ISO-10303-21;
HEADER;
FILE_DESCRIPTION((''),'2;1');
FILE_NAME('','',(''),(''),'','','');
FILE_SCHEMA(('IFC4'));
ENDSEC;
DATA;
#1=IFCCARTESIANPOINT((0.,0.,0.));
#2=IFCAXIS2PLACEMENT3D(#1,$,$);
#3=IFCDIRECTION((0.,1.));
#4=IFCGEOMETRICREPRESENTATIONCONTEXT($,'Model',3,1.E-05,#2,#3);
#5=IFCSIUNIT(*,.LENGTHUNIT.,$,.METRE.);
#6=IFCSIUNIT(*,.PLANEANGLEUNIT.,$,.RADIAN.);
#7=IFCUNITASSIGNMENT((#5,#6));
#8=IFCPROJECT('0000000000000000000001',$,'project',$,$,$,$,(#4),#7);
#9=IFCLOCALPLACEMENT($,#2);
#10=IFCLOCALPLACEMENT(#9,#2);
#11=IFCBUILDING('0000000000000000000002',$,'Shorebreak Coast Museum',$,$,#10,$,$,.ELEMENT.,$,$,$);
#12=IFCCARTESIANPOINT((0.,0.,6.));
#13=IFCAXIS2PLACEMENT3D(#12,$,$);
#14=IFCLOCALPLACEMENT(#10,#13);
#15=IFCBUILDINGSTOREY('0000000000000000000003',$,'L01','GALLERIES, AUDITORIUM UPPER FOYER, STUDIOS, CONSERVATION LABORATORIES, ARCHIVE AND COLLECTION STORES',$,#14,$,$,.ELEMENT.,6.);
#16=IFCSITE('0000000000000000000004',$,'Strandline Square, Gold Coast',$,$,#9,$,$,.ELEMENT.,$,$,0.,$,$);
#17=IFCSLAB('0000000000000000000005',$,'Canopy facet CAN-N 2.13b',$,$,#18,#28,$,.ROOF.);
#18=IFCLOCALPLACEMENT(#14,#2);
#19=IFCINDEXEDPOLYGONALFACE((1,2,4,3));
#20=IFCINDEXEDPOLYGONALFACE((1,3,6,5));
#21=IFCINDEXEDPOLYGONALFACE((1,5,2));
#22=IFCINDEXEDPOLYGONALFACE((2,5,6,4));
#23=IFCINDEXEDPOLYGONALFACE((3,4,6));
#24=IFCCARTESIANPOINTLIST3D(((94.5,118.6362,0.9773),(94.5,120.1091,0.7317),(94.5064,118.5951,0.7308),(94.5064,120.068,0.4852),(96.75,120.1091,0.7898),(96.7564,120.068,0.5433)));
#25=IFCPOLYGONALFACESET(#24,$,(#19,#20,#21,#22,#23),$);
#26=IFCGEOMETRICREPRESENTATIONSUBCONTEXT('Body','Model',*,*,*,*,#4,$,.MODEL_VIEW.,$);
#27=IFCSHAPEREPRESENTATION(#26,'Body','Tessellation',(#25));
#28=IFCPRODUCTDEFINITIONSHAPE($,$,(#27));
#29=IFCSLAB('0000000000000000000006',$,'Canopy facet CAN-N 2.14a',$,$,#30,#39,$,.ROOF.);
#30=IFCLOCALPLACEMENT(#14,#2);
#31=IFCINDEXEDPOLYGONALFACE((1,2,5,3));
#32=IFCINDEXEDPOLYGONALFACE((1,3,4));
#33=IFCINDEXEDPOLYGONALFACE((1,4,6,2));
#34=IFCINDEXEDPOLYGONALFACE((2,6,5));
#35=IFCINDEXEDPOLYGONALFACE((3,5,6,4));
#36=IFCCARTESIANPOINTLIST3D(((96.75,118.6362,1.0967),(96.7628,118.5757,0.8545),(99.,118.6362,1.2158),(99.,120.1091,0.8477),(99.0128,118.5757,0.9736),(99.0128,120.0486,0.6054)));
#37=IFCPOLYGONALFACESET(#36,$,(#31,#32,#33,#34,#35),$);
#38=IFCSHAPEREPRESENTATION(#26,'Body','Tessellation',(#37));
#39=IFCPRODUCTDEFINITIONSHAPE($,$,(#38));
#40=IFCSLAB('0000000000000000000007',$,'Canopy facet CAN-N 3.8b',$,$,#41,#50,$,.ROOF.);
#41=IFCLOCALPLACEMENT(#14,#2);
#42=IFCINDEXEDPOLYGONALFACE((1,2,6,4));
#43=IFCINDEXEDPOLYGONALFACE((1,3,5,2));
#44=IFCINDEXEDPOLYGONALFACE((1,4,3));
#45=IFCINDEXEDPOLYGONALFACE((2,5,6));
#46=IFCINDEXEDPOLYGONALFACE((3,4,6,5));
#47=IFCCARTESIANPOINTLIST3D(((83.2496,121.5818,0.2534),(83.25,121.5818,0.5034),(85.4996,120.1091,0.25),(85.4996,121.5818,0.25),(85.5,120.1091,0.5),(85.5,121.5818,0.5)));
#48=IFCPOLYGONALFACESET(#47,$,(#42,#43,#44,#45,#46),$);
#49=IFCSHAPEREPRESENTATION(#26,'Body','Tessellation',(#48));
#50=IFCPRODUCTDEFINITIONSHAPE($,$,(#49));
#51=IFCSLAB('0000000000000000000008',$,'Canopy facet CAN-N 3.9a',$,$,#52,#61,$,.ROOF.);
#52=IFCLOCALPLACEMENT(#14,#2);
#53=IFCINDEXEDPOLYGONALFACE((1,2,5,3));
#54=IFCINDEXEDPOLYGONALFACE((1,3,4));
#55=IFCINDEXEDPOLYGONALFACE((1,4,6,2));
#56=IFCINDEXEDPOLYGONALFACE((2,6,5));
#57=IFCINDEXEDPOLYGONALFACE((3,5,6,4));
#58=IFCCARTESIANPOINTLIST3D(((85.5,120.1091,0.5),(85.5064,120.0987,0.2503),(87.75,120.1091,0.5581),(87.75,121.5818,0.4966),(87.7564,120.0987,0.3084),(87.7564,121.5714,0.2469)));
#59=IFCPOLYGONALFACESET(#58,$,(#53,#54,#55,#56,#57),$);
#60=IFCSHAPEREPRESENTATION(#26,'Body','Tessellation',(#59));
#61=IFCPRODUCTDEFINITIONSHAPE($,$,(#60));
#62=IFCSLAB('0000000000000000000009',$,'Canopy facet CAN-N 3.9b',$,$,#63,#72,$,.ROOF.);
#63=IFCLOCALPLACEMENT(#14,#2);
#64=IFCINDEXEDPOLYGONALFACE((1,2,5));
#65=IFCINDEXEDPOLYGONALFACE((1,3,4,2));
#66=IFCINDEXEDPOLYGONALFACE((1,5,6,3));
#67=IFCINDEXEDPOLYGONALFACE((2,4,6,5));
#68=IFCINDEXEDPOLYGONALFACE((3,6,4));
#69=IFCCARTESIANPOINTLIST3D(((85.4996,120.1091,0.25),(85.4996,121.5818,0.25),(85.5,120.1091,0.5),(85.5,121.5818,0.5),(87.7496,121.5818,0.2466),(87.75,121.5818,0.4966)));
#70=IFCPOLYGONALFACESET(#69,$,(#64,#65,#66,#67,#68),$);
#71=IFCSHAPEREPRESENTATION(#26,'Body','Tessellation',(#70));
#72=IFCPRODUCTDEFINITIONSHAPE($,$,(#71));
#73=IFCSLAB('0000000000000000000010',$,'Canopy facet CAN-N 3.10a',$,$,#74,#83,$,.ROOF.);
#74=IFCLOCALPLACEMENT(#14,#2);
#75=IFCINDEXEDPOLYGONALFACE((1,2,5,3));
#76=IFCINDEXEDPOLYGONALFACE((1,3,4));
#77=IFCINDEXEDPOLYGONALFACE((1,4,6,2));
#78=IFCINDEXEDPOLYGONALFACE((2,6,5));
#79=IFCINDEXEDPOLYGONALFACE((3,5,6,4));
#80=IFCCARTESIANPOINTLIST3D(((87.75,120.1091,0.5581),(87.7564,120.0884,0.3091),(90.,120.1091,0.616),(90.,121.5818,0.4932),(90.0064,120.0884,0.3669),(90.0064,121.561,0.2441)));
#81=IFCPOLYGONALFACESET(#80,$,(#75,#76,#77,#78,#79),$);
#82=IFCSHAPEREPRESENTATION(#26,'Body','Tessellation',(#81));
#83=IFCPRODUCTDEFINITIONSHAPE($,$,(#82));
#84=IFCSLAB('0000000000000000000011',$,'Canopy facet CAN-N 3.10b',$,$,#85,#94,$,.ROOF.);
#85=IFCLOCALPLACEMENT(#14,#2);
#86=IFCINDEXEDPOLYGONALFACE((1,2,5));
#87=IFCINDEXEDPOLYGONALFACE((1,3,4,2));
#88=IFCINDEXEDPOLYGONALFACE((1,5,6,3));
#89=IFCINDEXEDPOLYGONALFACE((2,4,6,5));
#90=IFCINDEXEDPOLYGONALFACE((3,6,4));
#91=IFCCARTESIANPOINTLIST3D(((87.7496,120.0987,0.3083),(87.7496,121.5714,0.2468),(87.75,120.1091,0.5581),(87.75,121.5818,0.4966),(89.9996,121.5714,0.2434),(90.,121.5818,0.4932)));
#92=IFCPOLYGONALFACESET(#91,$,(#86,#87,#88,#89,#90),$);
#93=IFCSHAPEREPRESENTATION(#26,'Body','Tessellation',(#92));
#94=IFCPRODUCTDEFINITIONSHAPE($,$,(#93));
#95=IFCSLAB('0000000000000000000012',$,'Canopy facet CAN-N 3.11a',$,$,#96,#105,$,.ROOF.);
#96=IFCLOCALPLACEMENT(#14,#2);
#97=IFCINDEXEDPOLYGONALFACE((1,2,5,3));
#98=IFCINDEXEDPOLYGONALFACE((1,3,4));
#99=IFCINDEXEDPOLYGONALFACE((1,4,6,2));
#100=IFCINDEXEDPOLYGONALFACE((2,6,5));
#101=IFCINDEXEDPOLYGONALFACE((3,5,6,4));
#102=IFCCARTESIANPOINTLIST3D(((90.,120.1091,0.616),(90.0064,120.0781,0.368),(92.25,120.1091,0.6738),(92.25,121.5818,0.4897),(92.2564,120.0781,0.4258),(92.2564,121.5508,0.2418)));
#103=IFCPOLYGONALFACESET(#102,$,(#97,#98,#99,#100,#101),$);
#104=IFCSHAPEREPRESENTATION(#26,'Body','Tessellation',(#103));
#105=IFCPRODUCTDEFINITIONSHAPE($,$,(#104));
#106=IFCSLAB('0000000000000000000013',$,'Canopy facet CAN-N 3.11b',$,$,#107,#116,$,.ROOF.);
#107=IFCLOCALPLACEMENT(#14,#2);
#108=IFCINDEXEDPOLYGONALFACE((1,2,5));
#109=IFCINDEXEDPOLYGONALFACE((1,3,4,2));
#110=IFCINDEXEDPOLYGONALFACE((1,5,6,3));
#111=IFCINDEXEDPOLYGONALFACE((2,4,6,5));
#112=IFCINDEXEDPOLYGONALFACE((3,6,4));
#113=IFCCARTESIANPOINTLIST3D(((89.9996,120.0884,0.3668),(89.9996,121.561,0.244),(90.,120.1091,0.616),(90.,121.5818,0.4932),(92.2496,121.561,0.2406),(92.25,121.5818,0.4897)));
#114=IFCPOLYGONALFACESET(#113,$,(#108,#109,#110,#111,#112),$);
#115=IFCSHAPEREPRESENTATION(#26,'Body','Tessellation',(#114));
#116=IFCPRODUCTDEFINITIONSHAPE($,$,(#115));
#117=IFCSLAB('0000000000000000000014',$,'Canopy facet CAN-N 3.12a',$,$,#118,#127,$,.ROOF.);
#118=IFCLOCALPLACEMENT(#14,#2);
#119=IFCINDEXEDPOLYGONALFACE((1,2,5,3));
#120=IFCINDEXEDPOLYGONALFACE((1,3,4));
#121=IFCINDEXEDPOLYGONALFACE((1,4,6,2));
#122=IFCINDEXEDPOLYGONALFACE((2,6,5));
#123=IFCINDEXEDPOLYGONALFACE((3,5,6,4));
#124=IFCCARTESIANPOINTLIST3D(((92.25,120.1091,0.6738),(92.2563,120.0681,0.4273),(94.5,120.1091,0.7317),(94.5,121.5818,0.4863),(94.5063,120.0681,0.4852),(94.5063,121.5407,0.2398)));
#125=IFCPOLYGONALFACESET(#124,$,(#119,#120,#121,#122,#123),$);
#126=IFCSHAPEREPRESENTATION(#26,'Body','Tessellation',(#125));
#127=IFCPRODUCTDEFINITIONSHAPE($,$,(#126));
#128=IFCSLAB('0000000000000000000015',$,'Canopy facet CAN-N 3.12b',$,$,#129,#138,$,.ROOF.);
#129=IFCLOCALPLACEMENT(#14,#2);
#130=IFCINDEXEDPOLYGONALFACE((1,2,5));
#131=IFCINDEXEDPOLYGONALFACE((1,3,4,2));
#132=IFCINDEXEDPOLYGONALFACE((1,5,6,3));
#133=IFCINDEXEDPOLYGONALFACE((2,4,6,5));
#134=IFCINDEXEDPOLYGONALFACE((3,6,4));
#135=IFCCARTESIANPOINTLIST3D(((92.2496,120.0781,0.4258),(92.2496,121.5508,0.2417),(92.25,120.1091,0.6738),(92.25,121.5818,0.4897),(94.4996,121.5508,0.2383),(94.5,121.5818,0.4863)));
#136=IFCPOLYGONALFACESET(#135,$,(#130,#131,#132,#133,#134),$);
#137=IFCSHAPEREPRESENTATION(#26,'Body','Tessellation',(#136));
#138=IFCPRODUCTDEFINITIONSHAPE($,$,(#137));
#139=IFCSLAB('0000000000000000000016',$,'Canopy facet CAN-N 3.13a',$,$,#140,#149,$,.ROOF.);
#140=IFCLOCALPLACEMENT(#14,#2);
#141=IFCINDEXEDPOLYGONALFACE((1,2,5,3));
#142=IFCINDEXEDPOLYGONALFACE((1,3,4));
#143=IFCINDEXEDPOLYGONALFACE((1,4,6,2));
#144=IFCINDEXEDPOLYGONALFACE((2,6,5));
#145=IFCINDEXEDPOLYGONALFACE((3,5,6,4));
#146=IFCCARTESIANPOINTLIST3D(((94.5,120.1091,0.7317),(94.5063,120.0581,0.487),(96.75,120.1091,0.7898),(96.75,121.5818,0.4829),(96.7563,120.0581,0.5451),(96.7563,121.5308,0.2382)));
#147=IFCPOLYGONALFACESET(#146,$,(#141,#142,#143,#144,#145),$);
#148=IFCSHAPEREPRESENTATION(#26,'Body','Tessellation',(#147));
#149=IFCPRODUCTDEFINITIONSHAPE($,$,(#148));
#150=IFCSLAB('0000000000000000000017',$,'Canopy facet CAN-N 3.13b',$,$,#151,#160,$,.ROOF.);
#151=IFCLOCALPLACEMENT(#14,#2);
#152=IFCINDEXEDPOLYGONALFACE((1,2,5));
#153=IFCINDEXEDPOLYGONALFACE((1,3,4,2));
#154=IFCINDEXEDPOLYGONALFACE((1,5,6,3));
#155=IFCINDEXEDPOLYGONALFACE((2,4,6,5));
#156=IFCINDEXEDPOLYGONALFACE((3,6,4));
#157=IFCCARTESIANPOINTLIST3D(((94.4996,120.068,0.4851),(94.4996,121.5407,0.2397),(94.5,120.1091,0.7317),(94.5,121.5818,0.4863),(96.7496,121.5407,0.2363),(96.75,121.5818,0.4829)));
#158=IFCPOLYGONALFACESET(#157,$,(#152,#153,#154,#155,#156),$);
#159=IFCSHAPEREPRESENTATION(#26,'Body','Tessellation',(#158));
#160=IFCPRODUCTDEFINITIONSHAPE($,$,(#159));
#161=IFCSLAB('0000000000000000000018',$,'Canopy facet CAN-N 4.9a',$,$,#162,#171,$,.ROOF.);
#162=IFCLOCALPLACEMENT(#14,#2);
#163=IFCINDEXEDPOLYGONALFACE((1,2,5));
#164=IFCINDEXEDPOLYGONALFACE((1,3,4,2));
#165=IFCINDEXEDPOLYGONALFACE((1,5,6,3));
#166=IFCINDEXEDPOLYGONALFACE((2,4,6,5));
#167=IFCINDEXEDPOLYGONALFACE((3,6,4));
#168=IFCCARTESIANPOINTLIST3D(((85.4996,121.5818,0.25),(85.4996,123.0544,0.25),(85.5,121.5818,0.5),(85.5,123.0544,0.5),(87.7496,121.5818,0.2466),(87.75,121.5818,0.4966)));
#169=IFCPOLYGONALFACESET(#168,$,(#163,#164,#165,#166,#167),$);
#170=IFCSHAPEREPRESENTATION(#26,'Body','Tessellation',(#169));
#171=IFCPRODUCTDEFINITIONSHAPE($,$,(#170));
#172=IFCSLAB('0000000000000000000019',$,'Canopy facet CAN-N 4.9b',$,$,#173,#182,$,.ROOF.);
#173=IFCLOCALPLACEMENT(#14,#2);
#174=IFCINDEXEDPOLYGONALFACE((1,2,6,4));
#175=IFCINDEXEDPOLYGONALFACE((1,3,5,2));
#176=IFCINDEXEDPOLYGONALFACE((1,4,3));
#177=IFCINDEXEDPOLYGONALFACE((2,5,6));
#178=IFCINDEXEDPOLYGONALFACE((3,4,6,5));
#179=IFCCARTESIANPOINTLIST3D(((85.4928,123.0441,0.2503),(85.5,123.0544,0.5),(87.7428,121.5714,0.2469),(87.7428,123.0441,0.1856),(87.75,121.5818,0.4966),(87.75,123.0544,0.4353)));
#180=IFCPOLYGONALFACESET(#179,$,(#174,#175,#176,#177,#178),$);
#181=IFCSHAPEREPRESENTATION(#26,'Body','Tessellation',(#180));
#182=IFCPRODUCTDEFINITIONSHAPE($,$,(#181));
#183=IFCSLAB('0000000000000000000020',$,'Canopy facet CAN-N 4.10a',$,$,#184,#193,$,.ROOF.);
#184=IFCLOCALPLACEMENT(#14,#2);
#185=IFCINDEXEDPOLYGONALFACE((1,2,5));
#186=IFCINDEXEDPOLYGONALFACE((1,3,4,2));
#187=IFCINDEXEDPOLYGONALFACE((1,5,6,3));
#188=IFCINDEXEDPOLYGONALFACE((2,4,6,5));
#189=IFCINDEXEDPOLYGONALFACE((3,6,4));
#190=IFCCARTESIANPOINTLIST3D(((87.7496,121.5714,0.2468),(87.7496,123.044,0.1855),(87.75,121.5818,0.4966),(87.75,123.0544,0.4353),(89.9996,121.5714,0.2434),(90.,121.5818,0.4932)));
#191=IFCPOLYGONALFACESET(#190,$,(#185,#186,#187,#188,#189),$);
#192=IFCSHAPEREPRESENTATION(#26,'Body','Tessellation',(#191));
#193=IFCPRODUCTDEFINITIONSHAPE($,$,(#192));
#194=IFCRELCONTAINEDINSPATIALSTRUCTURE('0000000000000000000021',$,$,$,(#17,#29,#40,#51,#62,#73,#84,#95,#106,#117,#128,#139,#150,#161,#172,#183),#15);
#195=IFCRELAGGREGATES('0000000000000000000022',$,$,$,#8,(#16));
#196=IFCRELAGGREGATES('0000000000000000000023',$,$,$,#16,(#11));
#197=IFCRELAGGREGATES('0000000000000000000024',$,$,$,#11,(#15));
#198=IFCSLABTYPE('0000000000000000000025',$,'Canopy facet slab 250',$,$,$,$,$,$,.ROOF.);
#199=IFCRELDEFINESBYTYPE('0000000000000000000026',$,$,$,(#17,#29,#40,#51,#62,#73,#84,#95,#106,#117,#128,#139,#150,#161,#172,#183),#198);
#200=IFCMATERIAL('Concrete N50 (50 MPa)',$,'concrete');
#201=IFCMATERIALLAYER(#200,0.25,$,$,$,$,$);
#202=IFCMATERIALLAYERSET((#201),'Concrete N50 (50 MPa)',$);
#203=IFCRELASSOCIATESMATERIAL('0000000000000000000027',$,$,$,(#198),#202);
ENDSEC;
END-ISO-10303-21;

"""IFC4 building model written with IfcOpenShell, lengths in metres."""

from ifc_helpers import new_model, si_unit, direction, frame, origin, place, context, subcontext, project, spatial, polyline, outline, extrude, material, layer, layer_set, type_object, element, save


model = new_model("IFC4")

# Units and contexts
model_context = context("Model", 3, precision=1e-05, world=origin(), true_north=direction((0.0, 1.0)))
body_context = subcontext(model_context, "Body", "Model", "MODEL_VIEW")
ifc_project = project(units=[si_unit("LENGTHUNIT", "METRE"), si_unit("PLANEANGLEUNIT", "RADIAN")], contexts=[model_context])

# Site, building, storey
site_placement = place(None, origin())
site = spatial("IfcSite", under=ifc_project, at=site_placement, Name="Strandline Square, Gold Coast", CompositionType="ELEMENT", RefElevation=0.0)
building_placement = place(site_placement, origin())
building = spatial("IfcBuilding", under=site, at=building_placement, Name="Shorebreak Coast Museum", CompositionType="ELEMENT")
storey_placement = place(building_placement, frame((0.0, 0.0, 6.0)))
storey = spatial("IfcBuildingStorey", under=building, at=storey_placement, Name="L01", Description="GALLERIES, AUDITORIUM UPPER FOYER, STUDIOS, CONSERVATION LABORATORIES, ARCHIVE AND COLLECTION STORES", CompositionType="ELEMENT", Elevation=6.0)

# Slabs
ifc_material = material(Name="Concrete N50 (50 MPa)", Category="concrete")
ifc_layer = layer(ifc_material, 0.25)
ifc_layer_set = layer_set([ifc_layer], Name="Concrete N50 (50 MPa)")
slab_type = type_object("IfcSlabType", Name="Canopy facet slab 250", PredefinedType="ROOF", material=ifc_layer_set)
slab_1_placement = place(storey_placement, frame((94.5, 118.6362, 0.9773), z_axis=(-0.025465, 0.164425, 0.986061), x_axis=(0.834646, 0.546378, -0.069554)))
element("IfcSlab", 1, at=slab_1_placement, inside=storey, type_object=slab_type, Name="Canopy facet CAN-N 2.13b", PredefinedType="ROOF", context=body_context, shape_type="SweptSolid", body=[
    extrude(outline(polyline([(0.0, 0.0), (2.6958, 0.0), (0.8218, 1.2467), (0.0, 0.0)])), origin(), (0.0, 0.0, -1.0), 0.25),
])
slab_2_placement = place(storey_placement, frame((96.75, 118.6362, 1.0967), z_axis=(-0.051303, 0.242178, 0.968874), x_axis=(0.998601, 0.0, 0.052877)))
element("IfcSlab", 2, at=slab_2_placement, inside=storey, type_object=slab_type, Name="Canopy facet CAN-N 2.14a", PredefinedType="ROOF", context=body_context, shape_type="SweptSolid", body=[
    extrude(outline(polyline([(0.0, 0.0), (2.2532, 0.0), (2.2337, 1.5181), (0.0, 0.0)])), origin(), (0.0, 0.0, -1.0), 0.25),
])
slab_3_placement = place(storey_placement, frame((85.5, 120.1091, 0.5), z_axis=(0.001519, 0.0, 0.999999), x_axis=(0.0, 1.0, 0.0)))
element("IfcSlab", 3, at=slab_3_placement, inside=storey, type_object=slab_type, Name="Canopy facet CAN-N 3.8b", PredefinedType="ROOF", context=body_context, shape_type="SweptSolid", body=[
    extrude(outline(polyline([(0.0, 0.0), (1.4727, 0.0), (1.4727, 2.25), (0.0, 0.0)])), origin(), (0.0, 0.0, -1.0), 0.25),
])
slab_4_placement = place(storey_placement, frame((85.5, 120.1091, 0.5), z_axis=(-0.025794, 0.041727, 0.998796), x_axis=(0.999667, 0.0, 0.025816)))
element("IfcSlab", 4, at=slab_4_placement, inside=storey, type_object=slab_type, Name="Canopy facet CAN-N 3.9a", PredefinedType="ROOF", context=body_context, shape_type="SweptSolid", body=[
    extrude(outline(polyline([(0.0, 0.0), (2.2508, 0.0), (2.2492, 1.4739), (0.0, 0.0)])), origin(), (0.0, 0.0, -1.0), 0.25),
])
slab_5_placement = place(storey_placement, frame((85.5, 120.1091, 0.5), z_axis=(0.001519, 0.0, 0.999999), x_axis=(0.836713, 0.54764, -0.001271)))
element("IfcSlab", 5, at=slab_5_placement, inside=storey, type_object=slab_type, Name="Canopy facet CAN-N 3.9b", PredefinedType="ROOF", context=body_context, shape_type="SweptSolid", body=[
    extrude(outline(polyline([(0.0, 0.0), (2.6891, 0.0), (0.8065, 1.2322), (0.0, 0.0)])), origin(), (0.0, 0.0, -1.0), 0.25),
])
slab_6_placement = place(storey_placement, frame((87.75, 120.1091, 0.5581), z_axis=(-0.025619, 0.083073, 0.996214), x_axis=(0.99967, 0.0, 0.025708)))
element("IfcSlab", 6, at=slab_6_placement, inside=storey, type_object=slab_type, Name="Canopy facet CAN-N 3.10a", PredefinedType="ROOF", context=body_context, shape_type="SweptSolid", body=[
    extrude(outline(polyline([(0.0, 0.0), (2.2507, 0.0), (2.2476, 1.4778), (0.0, 0.0)])), origin(), (0.0, 0.0, -1.0), 0.25),
])
slab_7_placement = place(storey_placement, frame((87.75, 120.1091, 0.5581), z_axis=(0.001518, 0.041741, 0.999127), x_axis=(0.83647, 0.547481, -0.024143)))
element("IfcSlab", 7, at=slab_7_placement, inside=storey, type_object=slab_type, Name="Canopy facet CAN-N 3.10b", PredefinedType="ROOF", context=body_context, shape_type="SweptSolid", body=[
    extrude(outline(polyline([(0.0, 0.0), (2.6899, 0.0), (0.8077, 1.2329), (0.0, 0.0)])), origin(), (0.0, 0.0, -1.0), 0.25),
])
slab_8_placement = place(storey_placement, frame((90.0, 120.1091, 0.616), z_axis=(-0.025509, 0.123994, 0.991955), x_axis=(0.99967, 0.0, 0.025708)))
element("IfcSlab", 8, at=slab_8_placement, inside=storey, type_object=slab_type, Name="Canopy facet CAN-N 3.11a", PredefinedType="ROOF", context=body_context, shape_type="SweptSolid", body=[
    extrude(outline(polyline([(0.0, 0.0), (2.2507, 0.0), (2.246, 1.4841), (0.0, 0.0)])), origin(), (0.0, 0.0, -1.0), 0.25),
])
slab_9_placement = place(storey_placement, frame((90.0, 120.1091, 0.616), z_axis=(0.001514, 0.0831, 0.99654), x_axis=(0.835793, 0.547038, -0.046886)))
element("IfcSlab", 9, at=slab_9_placement, inside=storey, type_object=slab_type, Name="Canopy facet CAN-N 3.11b", PredefinedType="ROOF", context=body_context, shape_type="SweptSolid", body=[
    extrude(outline(polyline([(0.0, 0.0), (2.6921, 0.0), (0.8114, 1.2351), (0.0, 0.0)])), origin(), (0.0, 0.0, -1.0), 0.25),
])
slab_10_placement = place(storey_placement, frame((92.25, 120.1091, 0.6738), z_axis=(-0.025358, 0.164293, 0.986086), x_axis=(0.99967, 0.0, 0.025708)))
element("IfcSlab", 10, at=slab_10_placement, inside=storey, type_object=slab_type, Name="Canopy facet CAN-N 3.12a", PredefinedType="ROOF", context=body_context, shape_type="SweptSolid", body=[
    extrude(outline(polyline([(0.0, 0.0), (2.2507, 0.0), (2.2444, 1.4929), (0.0, 0.0)])), origin(), (0.0, 0.0, -1.0), 0.25),
])
slab_11_placement = place(storey_placement, frame((92.25, 120.1091, 0.6738), z_axis=(0.001507, 0.124035, 0.992277), x_axis=(0.834687, 0.546314, -0.069557)))
element("IfcSlab", 11, at=slab_11_placement, inside=storey, type_object=slab_type, Name="Canopy facet CAN-N 3.12b", PredefinedType="ROOF", context=body_context, shape_type="SweptSolid", body=[
    extrude(outline(polyline([(0.0, 0.0), (2.6956, 0.0), (0.8173, 1.2388), (0.0, 0.0)])), origin(), (0.0, 0.0, -1.0), 0.25),
])
slab_12_placement = place(storey_placement, frame((94.5, 120.1091, 0.7317), z_axis=(-0.025273, 0.203941, 0.978657), x_axis=(0.999667, 0.0, 0.025816)))
element("IfcSlab", 12, at=slab_12_placement, inside=storey, type_object=slab_type, Name="Canopy facet CAN-N 3.13a", PredefinedType="ROOF", context=body_context, shape_type="SweptSolid", body=[
    extrude(outline(polyline([(0.0, 0.0), (2.2508, 0.0), (2.2428, 1.5043), (0.0, 0.0)])), origin(), (0.0, 0.0, -1.0), 0.25),
])
slab_13_placement = place(storey_placement, frame((94.5, 120.1091, 0.7317), z_axis=(0.001498, 0.164346, 0.986402), x_axis=(0.833156, 0.545312, -0.092121)))
element("IfcSlab", 13, at=slab_13_placement, inside=storey, type_object=slab_type, Name="Canopy facet CAN-N 3.13b", PredefinedType="ROOF", context=body_context, shape_type="SweptSolid", body=[
    extrude(outline(polyline([(0.0, 0.0), (2.7006, 0.0), (0.8257, 1.2439), (0.0, 0.0)])), origin(), (0.0, 0.0, -1.0), 0.25),
])
slab_14_placement = place(storey_placement, frame((85.5, 121.5818, 0.5), z_axis=(0.001519, 0.0, 0.999999), x_axis=(0.999999, 0.0, -0.001519)))
element("IfcSlab", 14, at=slab_14_placement, inside=storey, type_object=slab_type, Name="Canopy facet CAN-N 4.9a", PredefinedType="ROOF", context=body_context, shape_type="SweptSolid", body=[
    extrude(outline(polyline([(0.0, 0.0), (2.25, 0.0), (0.0, 1.4727), (0.0, 0.0)])), origin(), (0.0, 0.0, -1.0), 0.25),
])
slab_15_placement = place(storey_placement, frame((87.75, 121.5818, 0.4966), z_axis=(0.028718, 0.041558, 0.998723), x_axis=(0.0, 0.999135, -0.041575)))
element("IfcSlab", 15, at=slab_15_placement, inside=storey, type_object=slab_type, Name="Canopy facet CAN-N 4.9b", PredefinedType="ROOF", context=body_context, shape_type="SweptSolid", body=[
    extrude(outline(polyline([(0.0, 0.0), (1.4739, 0.0), (1.4712, 2.2509), (0.0, 0.0)])), origin(), (0.0, 0.0, -1.0), 0.25),
])
slab_16_placement = place(storey_placement, frame((87.75, 121.5818, 0.4966), z_axis=(0.001518, 0.041575, 0.999134), x_axis=(0.999999, 0.0, -0.001519)))
element("IfcSlab", 16, at=slab_16_placement, inside=storey, type_object=slab_type, Name="Canopy facet CAN-N 4.10a", PredefinedType="ROOF", context=body_context, shape_type="SweptSolid", body=[
    extrude(outline(polyline([(0.0, 0.0), (2.25, 0.0), (0.0001, 1.4739), (0.0, 0.0)])), origin(), (0.0, 0.0, -1.0), 0.25),
])

save(model, "model.ifc")
